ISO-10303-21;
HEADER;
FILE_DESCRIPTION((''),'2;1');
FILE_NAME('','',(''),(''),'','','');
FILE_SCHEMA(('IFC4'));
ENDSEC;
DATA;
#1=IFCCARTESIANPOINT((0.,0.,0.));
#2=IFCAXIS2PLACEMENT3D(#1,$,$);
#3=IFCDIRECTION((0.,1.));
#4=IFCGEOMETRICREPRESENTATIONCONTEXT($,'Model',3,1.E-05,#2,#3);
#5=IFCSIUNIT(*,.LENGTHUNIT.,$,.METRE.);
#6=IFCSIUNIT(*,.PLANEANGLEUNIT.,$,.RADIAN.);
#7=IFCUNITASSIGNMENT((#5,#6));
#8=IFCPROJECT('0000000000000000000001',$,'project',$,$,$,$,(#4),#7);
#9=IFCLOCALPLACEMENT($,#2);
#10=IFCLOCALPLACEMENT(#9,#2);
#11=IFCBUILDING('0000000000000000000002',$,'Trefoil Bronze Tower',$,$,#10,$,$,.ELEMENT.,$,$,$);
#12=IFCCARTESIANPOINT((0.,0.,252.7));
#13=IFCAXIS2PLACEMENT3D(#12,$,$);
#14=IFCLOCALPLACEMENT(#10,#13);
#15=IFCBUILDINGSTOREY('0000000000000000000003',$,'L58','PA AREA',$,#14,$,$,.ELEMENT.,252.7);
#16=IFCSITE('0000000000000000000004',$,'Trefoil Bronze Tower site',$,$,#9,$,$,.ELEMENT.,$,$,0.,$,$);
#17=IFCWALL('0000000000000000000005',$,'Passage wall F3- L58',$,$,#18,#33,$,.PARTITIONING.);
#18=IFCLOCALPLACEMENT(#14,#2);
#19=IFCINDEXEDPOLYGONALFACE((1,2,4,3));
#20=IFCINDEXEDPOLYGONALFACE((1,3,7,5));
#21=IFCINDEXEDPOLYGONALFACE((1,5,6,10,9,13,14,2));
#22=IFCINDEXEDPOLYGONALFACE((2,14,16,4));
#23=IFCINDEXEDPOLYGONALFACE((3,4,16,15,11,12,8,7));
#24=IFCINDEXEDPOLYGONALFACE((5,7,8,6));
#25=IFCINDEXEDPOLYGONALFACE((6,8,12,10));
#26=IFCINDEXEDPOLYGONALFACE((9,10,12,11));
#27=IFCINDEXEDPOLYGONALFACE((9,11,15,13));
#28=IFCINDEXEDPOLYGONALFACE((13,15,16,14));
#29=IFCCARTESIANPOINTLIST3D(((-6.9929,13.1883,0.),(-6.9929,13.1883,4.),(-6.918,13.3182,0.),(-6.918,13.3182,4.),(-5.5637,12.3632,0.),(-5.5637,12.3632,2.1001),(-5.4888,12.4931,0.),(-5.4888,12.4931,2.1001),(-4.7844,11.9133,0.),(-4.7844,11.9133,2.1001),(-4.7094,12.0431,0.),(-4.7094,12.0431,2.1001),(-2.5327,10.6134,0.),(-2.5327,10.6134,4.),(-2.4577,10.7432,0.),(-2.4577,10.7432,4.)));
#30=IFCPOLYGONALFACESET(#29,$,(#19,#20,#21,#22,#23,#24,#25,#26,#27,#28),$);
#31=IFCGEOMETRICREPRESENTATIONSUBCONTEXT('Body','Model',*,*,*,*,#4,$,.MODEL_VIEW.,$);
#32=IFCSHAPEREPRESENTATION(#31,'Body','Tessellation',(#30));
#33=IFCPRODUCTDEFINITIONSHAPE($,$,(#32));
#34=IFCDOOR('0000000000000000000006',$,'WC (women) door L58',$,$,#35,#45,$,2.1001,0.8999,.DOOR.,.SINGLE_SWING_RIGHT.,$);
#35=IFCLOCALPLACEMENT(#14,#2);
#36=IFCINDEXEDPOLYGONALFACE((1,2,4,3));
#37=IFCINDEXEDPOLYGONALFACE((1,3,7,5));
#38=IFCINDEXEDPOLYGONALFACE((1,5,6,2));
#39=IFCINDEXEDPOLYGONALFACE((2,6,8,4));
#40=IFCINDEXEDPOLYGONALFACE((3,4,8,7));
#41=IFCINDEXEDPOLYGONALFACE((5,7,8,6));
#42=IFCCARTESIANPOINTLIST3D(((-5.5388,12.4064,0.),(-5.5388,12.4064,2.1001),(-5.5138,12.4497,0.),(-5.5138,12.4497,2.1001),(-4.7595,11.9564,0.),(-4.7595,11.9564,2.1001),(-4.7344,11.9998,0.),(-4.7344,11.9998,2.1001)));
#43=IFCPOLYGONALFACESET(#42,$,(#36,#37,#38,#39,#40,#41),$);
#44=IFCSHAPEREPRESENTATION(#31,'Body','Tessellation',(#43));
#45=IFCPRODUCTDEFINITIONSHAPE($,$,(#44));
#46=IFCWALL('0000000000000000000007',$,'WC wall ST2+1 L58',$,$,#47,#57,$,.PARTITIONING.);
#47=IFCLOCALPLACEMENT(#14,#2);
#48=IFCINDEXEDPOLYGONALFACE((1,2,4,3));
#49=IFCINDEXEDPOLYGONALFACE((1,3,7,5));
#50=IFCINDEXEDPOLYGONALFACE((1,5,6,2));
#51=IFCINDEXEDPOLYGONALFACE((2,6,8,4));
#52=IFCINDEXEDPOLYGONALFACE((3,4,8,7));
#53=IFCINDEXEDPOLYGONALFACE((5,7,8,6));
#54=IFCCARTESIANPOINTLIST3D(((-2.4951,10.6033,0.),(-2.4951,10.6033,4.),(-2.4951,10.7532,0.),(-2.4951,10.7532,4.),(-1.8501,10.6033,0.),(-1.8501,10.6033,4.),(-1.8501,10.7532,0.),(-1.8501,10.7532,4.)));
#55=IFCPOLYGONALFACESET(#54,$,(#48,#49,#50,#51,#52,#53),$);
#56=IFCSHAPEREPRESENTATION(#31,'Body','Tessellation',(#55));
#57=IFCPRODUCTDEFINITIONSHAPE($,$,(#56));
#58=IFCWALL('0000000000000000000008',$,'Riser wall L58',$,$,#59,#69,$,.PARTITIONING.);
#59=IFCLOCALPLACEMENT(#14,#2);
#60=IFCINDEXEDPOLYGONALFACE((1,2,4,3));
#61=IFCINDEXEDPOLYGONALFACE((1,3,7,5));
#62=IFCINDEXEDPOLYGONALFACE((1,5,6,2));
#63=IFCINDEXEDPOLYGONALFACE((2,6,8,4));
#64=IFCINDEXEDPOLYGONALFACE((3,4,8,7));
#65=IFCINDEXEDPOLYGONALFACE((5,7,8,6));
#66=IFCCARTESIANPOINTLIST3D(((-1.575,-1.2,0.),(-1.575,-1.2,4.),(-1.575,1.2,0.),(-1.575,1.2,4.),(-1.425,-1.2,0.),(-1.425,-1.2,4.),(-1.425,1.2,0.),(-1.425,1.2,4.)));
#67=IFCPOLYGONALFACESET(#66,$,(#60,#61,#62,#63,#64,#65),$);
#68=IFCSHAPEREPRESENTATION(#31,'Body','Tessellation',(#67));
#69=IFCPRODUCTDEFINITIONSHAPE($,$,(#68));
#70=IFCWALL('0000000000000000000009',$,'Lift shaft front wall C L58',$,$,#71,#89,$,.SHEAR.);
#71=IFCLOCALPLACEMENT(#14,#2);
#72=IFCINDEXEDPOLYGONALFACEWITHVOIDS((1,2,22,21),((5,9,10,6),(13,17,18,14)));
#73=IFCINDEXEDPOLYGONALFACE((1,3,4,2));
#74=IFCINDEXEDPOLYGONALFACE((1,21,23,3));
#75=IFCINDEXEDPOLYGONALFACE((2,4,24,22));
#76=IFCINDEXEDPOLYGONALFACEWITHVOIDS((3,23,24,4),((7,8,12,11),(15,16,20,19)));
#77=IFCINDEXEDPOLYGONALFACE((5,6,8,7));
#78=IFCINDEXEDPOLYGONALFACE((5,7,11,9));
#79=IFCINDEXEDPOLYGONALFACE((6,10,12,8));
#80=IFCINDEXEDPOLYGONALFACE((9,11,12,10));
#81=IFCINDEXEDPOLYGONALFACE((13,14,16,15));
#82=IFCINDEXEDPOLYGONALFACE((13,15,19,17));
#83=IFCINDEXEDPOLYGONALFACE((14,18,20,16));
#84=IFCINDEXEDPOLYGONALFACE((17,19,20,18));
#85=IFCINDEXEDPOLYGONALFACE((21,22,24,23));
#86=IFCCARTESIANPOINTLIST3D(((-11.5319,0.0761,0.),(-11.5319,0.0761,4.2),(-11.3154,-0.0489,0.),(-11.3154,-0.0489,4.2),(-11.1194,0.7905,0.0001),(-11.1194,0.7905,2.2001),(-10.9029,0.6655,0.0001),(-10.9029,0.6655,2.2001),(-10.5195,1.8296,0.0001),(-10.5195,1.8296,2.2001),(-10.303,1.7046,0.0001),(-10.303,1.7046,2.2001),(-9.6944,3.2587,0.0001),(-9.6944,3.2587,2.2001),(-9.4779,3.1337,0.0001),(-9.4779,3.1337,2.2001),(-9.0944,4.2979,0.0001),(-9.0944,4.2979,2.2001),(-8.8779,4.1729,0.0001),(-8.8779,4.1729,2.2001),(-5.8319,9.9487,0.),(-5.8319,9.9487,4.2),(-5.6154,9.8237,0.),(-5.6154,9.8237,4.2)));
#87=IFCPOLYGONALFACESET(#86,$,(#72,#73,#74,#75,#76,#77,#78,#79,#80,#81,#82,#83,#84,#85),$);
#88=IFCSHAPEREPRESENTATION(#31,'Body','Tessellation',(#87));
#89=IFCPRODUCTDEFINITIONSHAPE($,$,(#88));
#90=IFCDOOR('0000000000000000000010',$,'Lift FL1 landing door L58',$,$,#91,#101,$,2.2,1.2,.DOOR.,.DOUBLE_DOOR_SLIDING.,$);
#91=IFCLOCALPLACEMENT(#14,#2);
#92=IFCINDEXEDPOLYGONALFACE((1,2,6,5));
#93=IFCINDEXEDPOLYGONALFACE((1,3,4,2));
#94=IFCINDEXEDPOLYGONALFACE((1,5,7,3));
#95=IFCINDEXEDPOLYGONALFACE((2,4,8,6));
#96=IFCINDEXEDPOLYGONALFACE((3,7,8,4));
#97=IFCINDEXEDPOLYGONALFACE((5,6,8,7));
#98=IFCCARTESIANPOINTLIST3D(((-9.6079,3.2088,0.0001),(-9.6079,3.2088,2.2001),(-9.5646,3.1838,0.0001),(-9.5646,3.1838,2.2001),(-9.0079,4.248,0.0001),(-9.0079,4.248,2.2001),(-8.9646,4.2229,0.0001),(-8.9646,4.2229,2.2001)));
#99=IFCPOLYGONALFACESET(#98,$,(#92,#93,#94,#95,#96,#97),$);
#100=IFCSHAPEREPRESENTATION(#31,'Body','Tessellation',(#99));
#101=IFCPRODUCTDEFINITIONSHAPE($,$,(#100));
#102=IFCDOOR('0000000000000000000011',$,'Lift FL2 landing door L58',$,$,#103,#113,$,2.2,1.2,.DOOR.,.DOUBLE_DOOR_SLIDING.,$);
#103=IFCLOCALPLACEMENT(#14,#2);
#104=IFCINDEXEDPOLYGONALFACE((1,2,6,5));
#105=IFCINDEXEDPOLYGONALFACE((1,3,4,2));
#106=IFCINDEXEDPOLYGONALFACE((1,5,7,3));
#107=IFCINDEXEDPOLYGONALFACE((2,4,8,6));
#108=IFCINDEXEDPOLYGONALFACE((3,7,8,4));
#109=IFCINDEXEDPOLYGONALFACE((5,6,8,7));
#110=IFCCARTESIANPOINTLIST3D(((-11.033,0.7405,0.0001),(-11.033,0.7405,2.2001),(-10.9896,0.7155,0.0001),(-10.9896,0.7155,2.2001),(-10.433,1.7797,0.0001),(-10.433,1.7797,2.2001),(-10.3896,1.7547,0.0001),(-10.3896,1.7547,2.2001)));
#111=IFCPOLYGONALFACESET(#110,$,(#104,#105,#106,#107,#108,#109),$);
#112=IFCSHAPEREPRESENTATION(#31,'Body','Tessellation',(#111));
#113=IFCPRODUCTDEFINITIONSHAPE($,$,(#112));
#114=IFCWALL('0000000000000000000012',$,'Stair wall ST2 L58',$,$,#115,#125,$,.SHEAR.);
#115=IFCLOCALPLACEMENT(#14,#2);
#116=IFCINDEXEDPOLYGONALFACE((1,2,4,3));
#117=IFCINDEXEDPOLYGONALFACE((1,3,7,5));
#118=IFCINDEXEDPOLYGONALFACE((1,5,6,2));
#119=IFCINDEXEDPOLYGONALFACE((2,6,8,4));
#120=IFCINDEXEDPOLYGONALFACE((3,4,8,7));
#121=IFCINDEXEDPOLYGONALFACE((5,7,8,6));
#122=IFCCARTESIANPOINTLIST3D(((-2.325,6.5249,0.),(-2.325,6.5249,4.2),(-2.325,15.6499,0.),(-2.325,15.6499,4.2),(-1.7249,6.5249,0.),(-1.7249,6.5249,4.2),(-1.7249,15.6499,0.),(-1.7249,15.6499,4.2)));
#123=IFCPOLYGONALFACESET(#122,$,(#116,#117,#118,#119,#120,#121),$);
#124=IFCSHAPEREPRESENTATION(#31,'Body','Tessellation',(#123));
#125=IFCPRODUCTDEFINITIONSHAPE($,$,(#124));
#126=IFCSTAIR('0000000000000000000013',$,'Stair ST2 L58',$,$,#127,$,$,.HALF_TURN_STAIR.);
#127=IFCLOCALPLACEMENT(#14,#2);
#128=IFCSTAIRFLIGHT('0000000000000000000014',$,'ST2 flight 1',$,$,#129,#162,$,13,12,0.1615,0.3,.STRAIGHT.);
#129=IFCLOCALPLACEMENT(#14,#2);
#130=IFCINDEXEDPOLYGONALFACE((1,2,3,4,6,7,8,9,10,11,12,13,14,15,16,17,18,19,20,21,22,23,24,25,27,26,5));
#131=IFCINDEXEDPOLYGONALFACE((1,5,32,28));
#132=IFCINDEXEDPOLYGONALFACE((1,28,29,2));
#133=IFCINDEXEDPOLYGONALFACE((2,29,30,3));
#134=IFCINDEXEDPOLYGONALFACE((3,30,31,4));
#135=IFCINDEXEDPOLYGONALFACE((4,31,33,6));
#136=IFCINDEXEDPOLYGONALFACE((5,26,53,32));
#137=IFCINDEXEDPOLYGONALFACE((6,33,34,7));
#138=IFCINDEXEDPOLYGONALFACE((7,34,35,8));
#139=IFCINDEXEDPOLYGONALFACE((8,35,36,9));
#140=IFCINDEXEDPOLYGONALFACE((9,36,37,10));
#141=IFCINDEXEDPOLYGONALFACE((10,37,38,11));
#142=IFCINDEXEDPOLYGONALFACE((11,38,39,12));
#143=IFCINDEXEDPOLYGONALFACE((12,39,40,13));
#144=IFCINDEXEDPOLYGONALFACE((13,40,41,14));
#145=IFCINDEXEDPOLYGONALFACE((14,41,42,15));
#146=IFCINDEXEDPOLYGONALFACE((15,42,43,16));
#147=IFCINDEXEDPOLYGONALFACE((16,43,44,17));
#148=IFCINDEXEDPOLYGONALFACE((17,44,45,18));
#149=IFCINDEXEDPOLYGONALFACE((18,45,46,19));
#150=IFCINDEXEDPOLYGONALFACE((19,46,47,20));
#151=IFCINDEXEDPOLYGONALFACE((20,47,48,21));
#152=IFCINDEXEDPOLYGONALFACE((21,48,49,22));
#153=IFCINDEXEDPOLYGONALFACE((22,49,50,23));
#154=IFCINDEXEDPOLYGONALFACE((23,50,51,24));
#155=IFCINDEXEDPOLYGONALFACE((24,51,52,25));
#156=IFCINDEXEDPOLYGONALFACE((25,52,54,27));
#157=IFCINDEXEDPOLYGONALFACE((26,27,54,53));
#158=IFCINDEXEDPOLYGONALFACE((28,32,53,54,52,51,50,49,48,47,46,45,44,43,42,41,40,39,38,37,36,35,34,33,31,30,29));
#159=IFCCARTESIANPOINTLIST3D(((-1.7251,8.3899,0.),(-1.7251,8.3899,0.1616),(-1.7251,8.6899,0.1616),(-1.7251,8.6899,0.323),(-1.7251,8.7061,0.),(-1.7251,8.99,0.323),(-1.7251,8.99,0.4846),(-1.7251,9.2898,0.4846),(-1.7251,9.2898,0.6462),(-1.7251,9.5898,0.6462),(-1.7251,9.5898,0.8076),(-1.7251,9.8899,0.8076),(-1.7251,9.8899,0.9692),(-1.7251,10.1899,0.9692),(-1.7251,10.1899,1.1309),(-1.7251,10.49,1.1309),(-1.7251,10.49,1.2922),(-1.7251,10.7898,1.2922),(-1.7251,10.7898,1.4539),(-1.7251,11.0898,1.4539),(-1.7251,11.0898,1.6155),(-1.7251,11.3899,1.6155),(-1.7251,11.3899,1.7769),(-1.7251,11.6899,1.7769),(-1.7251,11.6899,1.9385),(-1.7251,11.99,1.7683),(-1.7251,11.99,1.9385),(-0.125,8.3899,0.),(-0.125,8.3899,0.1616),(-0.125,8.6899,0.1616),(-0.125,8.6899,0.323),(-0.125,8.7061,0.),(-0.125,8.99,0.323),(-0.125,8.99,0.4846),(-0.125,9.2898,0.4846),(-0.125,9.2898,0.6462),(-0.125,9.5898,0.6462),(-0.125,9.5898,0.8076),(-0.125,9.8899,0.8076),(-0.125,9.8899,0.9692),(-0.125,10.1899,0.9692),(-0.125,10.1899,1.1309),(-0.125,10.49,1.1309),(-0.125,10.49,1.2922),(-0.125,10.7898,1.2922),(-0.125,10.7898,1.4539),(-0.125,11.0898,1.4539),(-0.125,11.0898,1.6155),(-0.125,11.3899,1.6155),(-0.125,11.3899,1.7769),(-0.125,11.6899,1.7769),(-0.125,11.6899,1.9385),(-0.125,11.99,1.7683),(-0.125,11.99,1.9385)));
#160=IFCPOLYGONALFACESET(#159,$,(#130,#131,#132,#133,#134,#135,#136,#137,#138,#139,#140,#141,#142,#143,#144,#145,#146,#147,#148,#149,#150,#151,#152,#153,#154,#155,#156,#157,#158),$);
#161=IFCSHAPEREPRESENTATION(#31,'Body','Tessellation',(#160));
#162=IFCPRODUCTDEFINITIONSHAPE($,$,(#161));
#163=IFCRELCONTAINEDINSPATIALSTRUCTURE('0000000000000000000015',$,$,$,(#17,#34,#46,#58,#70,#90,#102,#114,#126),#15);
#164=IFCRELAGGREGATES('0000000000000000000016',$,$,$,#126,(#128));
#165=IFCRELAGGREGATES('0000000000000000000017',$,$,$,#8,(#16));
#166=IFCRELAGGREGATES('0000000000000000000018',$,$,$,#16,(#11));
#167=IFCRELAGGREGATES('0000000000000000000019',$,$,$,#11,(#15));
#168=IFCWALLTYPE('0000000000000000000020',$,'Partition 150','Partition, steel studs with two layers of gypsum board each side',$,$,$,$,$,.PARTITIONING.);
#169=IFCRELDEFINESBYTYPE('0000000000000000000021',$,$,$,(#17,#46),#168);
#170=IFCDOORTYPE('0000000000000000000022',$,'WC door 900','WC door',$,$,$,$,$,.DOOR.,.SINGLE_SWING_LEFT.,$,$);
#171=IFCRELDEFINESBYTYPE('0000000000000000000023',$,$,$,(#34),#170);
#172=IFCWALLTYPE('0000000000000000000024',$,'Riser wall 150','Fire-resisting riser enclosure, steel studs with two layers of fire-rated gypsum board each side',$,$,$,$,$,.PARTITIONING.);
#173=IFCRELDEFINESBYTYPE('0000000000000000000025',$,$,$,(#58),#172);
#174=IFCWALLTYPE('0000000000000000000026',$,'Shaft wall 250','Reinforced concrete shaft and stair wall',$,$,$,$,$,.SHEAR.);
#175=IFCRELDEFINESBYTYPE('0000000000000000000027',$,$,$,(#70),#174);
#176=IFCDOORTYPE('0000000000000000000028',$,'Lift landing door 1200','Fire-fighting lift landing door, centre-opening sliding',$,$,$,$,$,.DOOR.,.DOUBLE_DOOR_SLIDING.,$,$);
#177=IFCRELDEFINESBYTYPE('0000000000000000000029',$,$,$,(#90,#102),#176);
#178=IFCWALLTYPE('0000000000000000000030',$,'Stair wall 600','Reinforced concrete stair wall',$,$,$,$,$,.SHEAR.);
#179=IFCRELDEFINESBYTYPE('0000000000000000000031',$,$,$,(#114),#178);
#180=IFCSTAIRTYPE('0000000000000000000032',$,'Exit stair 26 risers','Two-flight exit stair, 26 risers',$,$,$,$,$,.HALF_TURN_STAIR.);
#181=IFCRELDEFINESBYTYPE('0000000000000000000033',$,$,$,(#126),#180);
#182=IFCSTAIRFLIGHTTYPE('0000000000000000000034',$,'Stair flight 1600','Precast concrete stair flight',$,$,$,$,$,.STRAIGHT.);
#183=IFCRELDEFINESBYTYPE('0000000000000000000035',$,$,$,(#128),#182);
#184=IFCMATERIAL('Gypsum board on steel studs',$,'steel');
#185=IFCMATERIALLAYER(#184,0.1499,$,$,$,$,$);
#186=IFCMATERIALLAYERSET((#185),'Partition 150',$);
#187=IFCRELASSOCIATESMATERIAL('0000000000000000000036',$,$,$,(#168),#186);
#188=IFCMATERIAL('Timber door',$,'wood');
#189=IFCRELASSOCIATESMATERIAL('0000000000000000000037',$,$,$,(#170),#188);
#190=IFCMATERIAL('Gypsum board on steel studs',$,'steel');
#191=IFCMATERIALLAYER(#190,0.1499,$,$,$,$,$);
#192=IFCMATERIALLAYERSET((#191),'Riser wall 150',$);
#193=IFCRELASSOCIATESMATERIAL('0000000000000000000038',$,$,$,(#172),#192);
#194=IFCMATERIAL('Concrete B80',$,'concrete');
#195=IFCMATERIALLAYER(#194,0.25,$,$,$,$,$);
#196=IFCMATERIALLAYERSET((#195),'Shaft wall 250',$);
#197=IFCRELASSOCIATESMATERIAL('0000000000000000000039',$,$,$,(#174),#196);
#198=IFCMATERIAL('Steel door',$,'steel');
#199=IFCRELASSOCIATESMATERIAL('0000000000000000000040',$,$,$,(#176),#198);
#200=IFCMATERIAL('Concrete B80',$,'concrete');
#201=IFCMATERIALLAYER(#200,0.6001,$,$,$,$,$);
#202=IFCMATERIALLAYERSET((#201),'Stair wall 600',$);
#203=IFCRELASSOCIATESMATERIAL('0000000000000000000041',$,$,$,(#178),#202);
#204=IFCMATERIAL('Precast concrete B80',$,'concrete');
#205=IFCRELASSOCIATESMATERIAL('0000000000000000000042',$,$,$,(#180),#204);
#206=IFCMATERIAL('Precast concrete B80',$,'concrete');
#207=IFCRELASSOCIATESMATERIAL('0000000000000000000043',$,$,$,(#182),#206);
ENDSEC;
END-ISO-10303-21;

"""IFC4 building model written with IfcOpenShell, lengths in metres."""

from ifc_helpers import new_model, si_unit, direction, frame, frame_2d, origin, place, context, subcontext, project, spatial, polyline, rectangle, outline, extrude, material, layer, layer_set, type_object, element, fill, aggregate, save


model = new_model("IFC4")

# Units and contexts
model_context = context("Model", 3, precision=1e-05, world=origin(), true_north=direction((0.0, 1.0)))
body_context = subcontext(model_context, "Body", "Model", "MODEL_VIEW")
ifc_project = project(units=[si_unit("LENGTHUNIT", "METRE"), si_unit("PLANEANGLEUNIT", "RADIAN")], contexts=[model_context])

# Site, building, storey
site_placement = place(None, origin())
site = spatial("IfcSite", under=ifc_project, at=site_placement, Name="Trefoil Bronze Tower site", CompositionType="ELEMENT", RefElevation=0.0)
building_placement = place(site_placement, origin())
building = spatial("IfcBuilding", under=site, at=building_placement, Name="Trefoil Bronze Tower", CompositionType="ELEMENT")
storey_placement = place(building_placement, frame((0.0, 0.0, 252.7)))
storey = spatial("IfcBuildingStorey", under=building, at=storey_placement, Name="L58", Description="PA AREA", CompositionType="ELEMENT", Elevation=252.7)

# Wall, opening, door
ifc_material_1 = material(Name="Gypsum board on steel studs", Category="steel")
ifc_layer_1 = layer(ifc_material_1, 0.1499)
ifc_layer_set_1 = layer_set([ifc_layer_1], Name="Partition 150")
wall_type_1 = type_object("IfcWallType", Name="Partition 150", Description="Partition, steel studs with two layers of gypsum board each side", PredefinedType="PARTITIONING", material=ifc_layer_set_1)
wall_1_placement = place(storey_placement, frame((-2.4951, 10.6782, 0.0), z_axis=(0.0, 0.0, 1.0), x_axis=(-0.866038, 0.499978, 0.0)))
wall_1 = element("IfcWall", 1, at=wall_1_placement, inside=storey, type_object=wall_type_1, Name="Passage wall F3- L58", PredefinedType="PARTITIONING", context=body_context, shape_type="SweptSolid", body=[
    extrude(rectangle(XDim=5.1501, YDim=0.1499, at=frame_2d((2.5752, 0.0))), origin(), (0.0, 0.0, 1.0), 4.0),
])
opening_1_placement = place(wall_1_placement, frame((2.6001, 0.0, 0.0)))
opening_1 = element("IfcOpeningElement", 2, at=opening_1_placement, cuts=wall_1, PredefinedType="OPENING", context=body_context, shape_type="SweptSolid", body=[
    extrude(rectangle(XDim=0.8999, YDim=2.1001, at=frame_2d((0.45, 1.05))), frame((0.0, 0.085, 0.0), z_axis=(0.0, -1.0, 0.0), x_axis=(1.0, 0.0, 0.0)), (0.0, 0.0, 1.0), 0.1699),
])
ifc_material_2 = material(Name="Timber door", Category="wood")
door_type_1 = type_object("IfcDoorType", Name="WC door 900", Description="WC door", OperationType="SINGLE_SWING_LEFT", PredefinedType="DOOR", material=ifc_material_2)
door_1_placement = place(opening_1_placement, frame((0.8999, 0.0, 0.0), z_axis=(0.0, 0.0, 1.0), x_axis=(-1.0, 0.0, 0.0)))
door_1 = element("IfcDoor", 3, at=door_1_placement, inside=storey, type_object=door_type_1, Name="WC (women) door L58", OperationType="SINGLE_SWING_RIGHT", OverallHeight=2.1001, OverallWidth=0.8999, PredefinedType="DOOR", context=body_context, shape_type="SweptSolid", body=[
    extrude(rectangle(XDim=0.8999, YDim=2.1001, at=frame_2d((0.45, 1.05))), frame((0.0, 0.0249, 0.0), z_axis=(0.0, -1.0, 0.0), x_axis=(1.0, 0.0, 0.0)), (0.0, 0.0, 1.0), 0.05),
])
fill(opening_1, door_1)

# Walls
wall_2_placement = place(storey_placement, frame((-2.4951, 10.6782, 0.0), z_axis=(0.0, 0.0, 1.0), x_axis=(1.0, 0.0, 0.0)))
element("IfcWall", 4, at=wall_2_placement, inside=storey, type_object=wall_type_1, Name="WC wall ST2+1 L58", PredefinedType="PARTITIONING", context=body_context, shape_type="SweptSolid", body=[
    extrude(rectangle(XDim=0.645, YDim=0.1499, at=frame_2d((0.3225, 0.0))), origin(), (0.0, 0.0, 1.0), 4.0),
])
ifc_material_3 = material(Name="Gypsum board on steel studs", Category="steel")
ifc_layer_2 = layer(ifc_material_3, 0.1499)
ifc_layer_set_2 = layer_set([ifc_layer_2], Name="Riser wall 150")
wall_type_2 = type_object("IfcWallType", Name="Riser wall 150", Description="Fire-resisting riser enclosure, steel studs with two layers of fire-rated gypsum board each side", PredefinedType="PARTITIONING", material=ifc_layer_set_2)
wall_3_placement = place(storey_placement, frame((-1.5, 1.2, 0.0), z_axis=(0.0, 0.0, 1.0), x_axis=(0.0, -1.0, 0.0)))
element("IfcWall", 5, at=wall_3_placement, inside=storey, type_object=wall_type_2, Name="Riser wall L58", PredefinedType="PARTITIONING", context=body_context, shape_type="SweptSolid", body=[
    extrude(rectangle(XDim=2.3999, YDim=0.1499, at=frame_2d((1.2, 0.0))), origin(), (0.0, 0.0, 1.0), 4.0),
])

# Wall, openings, doors
ifc_material_4 = material(Name="Concrete B80", Category="concrete")
ifc_layer_3 = layer(ifc_material_4, 0.25)
ifc_layer_set_3 = layer_set([ifc_layer_3], Name="Shaft wall 250")
wall_type_3 = type_object("IfcWallType", Name="Shaft wall 250", Description="Reinforced concrete shaft and stair wall", PredefinedType="SHEAR", material=ifc_layer_set_3)
wall_4_placement = place(storey_placement, frame((-5.7236, 9.8862, 0.0), z_axis=(0.0, 0.0, 1.0), x_axis=(-0.500002, -0.866024, 0.0)))
wall_4 = element("IfcWall", 6, at=wall_4_placement, inside=storey, type_object=wall_type_3, Name="Lift shaft front wall C L58", PredefinedType="SHEAR", context=body_context, shape_type="SweptSolid", body=[
    extrude(rectangle(XDim=11.3999, YDim=0.25, at=frame_2d((5.7, 0.0))), origin(), (0.0, 0.0, 1.0), 4.2),
])
opening_2_placement = place(wall_4_placement, frame((6.5249, 0.0, 0.0)))
opening_2 = element("IfcOpeningElement", 7, at=opening_2_placement, cuts=wall_4, PredefinedType="OPENING", context=body_context, shape_type="SweptSolid", body=[
    extrude(rectangle(XDim=1.2, YDim=2.2, at=frame_2d((0.6001, 1.1001))), frame((0.0, 0.135, 0.0), z_axis=(0.0, -1.0, 0.0), x_axis=(1.0, 0.0, 0.0)), (0.0, 0.0, 1.0), 0.27),
])
opening_3_placement = place(wall_4_placement, frame((9.375, 0.0, 0.0)))
opening_3 = element("IfcOpeningElement", 8, at=opening_3_placement, cuts=wall_4, PredefinedType="OPENING", context=body_context, shape_type="SweptSolid", body=[
    extrude(rectangle(XDim=1.2, YDim=2.2, at=frame_2d((0.6001, 1.1001))), frame((0.0, 0.135, 0.0), z_axis=(0.0, -1.0, 0.0), x_axis=(1.0, 0.0, 0.0)), (0.0, 0.0, 1.0), 0.27),
])
ifc_material_5 = material(Name="Steel door", Category="steel")
door_type_2 = type_object("IfcDoorType", Name="Lift landing door 1200", Description="Fire-fighting lift landing door, centre-opening sliding", OperationType="DOUBLE_DOOR_SLIDING", PredefinedType="DOOR", material=ifc_material_5)
door_2_placement = place(opening_2_placement, origin())
door_2 = element("IfcDoor", 9, at=door_2_placement, inside=storey, type_object=door_type_2, Name="Lift FL1 landing door L58", OperationType="DOUBLE_DOOR_SLIDING", OverallHeight=2.2, OverallWidth=1.2, PredefinedType="DOOR", context=body_context, shape_type="SweptSolid", body=[
    extrude(rectangle(XDim=1.2, YDim=2.2, at=frame_2d((0.6001, 1.1001))), frame((0.0, 0.0249, 0.0), z_axis=(0.0, -1.0, 0.0), x_axis=(1.0, 0.0, 0.0)), (0.0, 0.0, 1.0), 0.05),
])
fill(opening_2, door_2)
door_3_placement = place(opening_3_placement, origin())
door_3 = element("IfcDoor", 10, at=door_3_placement, inside=storey, type_object=door_type_2, Name="Lift FL2 landing door L58", OperationType="DOUBLE_DOOR_SLIDING", OverallHeight=2.2, OverallWidth=1.2, PredefinedType="DOOR", context=body_context, shape_type="SweptSolid", body=[
    extrude(rectangle(XDim=1.2, YDim=2.2, at=frame_2d((0.6001, 1.1001))), frame((0.0, 0.0249, 0.0), z_axis=(0.0, -1.0, 0.0), x_axis=(1.0, 0.0, 0.0)), (0.0, 0.0, 1.0), 0.05),
])
fill(opening_3, door_3)

# Wall
ifc_material_6 = material(Name="Concrete B80", Category="concrete")
ifc_layer_4 = layer(ifc_material_6, 0.6001)
ifc_layer_set_4 = layer_set([ifc_layer_4], Name="Stair wall 600")
wall_type_4 = type_object("IfcWallType", Name="Stair wall 600", Description="Reinforced concrete stair wall", PredefinedType="SHEAR", material=ifc_layer_set_4)
wall_5_placement = place(storey_placement, frame((-2.0249, 6.5249, 0.0), z_axis=(0.0, 0.0, 1.0), x_axis=(0.0, 1.0, 0.0)))
element("IfcWall", 11, at=wall_5_placement, inside=storey, type_object=wall_type_4, Name="Stair wall ST2 L58", PredefinedType="SHEAR", context=body_context, shape_type="SweptSolid", body=[
    extrude(rectangle(XDim=9.125, YDim=0.6001, at=frame_2d((4.5625, 0.0))), origin(), (0.0, 0.0, 1.0), 4.2),
])

# Stair, stair flight
ifc_material_7 = material(Name="Precast concrete B80", Category="concrete")
stair_type = type_object("IfcStairType", Name="Exit stair 26 risers", Description="Two-flight exit stair, 26 risers", PredefinedType="HALF_TURN_STAIR", material=ifc_material_7)
stair_placement = place(storey_placement, origin())
stair = element("IfcStair", 12, at=stair_placement, inside=storey, type_object=stair_type, Name="Stair ST2 L58", PredefinedType="HALF_TURN_STAIR")
ifc_material_8 = material(Name="Precast concrete B80", Category="concrete")
stair_flight_type = type_object("IfcStairFlightType", Name="Stair flight 1600", Description="Precast concrete stair flight", PredefinedType="STRAIGHT", material=ifc_material_8)
stair_flight_placement = place(storey_placement, frame((-0.925, 8.3899, 0.0), z_axis=(0.0, 0.0, 1.0), x_axis=(0.0, 1.0, 0.0)))
stair_flight = element("IfcStairFlight", 13, at=stair_flight_placement, type_object=stair_flight_type, Name="ST2 flight 1", NumberOfRisers=13, NumberOfTreads=12, PredefinedType="STRAIGHT", RiserHeight=0.1615, TreadLength=0.3, context=body_context, shape_type="SweptSolid", body=[
    extrude(outline(polyline([(0.0, 0.0), (0.0, 0.1616), (0.3, 0.1616), (0.3, 0.323), (0.6001, 0.323), (0.6001, 0.4846), (0.8999, 0.4846), (0.8999, 0.6462), (1.2, 0.6462), (1.2, 0.8076), (1.5, 0.8076), (1.5, 0.9692), (1.8, 0.9692), (1.8, 1.1309), (2.1001, 1.1309), (2.1001, 1.2922), (2.3999, 1.2922), (2.3999, 1.4539), (2.7, 1.4539), (2.7, 1.6155), (3.0, 1.6155), (3.0, 1.7769), (3.3, 1.7769), (3.3, 1.9385), (3.6001, 1.9385), (3.6001, 2.1001), (3.6001, 1.7683), (0.3162, 0.0), (0.0, 0.0)])), frame((0.0, 0.8, 0.0), z_axis=(0.0, -1.0, 0.0), x_axis=(1.0, 0.0, 0.0)), (0.0, 0.0, 1.0), 1.6001),
])
aggregate(stair, [stair_flight])

save(model, "model.ifc")
